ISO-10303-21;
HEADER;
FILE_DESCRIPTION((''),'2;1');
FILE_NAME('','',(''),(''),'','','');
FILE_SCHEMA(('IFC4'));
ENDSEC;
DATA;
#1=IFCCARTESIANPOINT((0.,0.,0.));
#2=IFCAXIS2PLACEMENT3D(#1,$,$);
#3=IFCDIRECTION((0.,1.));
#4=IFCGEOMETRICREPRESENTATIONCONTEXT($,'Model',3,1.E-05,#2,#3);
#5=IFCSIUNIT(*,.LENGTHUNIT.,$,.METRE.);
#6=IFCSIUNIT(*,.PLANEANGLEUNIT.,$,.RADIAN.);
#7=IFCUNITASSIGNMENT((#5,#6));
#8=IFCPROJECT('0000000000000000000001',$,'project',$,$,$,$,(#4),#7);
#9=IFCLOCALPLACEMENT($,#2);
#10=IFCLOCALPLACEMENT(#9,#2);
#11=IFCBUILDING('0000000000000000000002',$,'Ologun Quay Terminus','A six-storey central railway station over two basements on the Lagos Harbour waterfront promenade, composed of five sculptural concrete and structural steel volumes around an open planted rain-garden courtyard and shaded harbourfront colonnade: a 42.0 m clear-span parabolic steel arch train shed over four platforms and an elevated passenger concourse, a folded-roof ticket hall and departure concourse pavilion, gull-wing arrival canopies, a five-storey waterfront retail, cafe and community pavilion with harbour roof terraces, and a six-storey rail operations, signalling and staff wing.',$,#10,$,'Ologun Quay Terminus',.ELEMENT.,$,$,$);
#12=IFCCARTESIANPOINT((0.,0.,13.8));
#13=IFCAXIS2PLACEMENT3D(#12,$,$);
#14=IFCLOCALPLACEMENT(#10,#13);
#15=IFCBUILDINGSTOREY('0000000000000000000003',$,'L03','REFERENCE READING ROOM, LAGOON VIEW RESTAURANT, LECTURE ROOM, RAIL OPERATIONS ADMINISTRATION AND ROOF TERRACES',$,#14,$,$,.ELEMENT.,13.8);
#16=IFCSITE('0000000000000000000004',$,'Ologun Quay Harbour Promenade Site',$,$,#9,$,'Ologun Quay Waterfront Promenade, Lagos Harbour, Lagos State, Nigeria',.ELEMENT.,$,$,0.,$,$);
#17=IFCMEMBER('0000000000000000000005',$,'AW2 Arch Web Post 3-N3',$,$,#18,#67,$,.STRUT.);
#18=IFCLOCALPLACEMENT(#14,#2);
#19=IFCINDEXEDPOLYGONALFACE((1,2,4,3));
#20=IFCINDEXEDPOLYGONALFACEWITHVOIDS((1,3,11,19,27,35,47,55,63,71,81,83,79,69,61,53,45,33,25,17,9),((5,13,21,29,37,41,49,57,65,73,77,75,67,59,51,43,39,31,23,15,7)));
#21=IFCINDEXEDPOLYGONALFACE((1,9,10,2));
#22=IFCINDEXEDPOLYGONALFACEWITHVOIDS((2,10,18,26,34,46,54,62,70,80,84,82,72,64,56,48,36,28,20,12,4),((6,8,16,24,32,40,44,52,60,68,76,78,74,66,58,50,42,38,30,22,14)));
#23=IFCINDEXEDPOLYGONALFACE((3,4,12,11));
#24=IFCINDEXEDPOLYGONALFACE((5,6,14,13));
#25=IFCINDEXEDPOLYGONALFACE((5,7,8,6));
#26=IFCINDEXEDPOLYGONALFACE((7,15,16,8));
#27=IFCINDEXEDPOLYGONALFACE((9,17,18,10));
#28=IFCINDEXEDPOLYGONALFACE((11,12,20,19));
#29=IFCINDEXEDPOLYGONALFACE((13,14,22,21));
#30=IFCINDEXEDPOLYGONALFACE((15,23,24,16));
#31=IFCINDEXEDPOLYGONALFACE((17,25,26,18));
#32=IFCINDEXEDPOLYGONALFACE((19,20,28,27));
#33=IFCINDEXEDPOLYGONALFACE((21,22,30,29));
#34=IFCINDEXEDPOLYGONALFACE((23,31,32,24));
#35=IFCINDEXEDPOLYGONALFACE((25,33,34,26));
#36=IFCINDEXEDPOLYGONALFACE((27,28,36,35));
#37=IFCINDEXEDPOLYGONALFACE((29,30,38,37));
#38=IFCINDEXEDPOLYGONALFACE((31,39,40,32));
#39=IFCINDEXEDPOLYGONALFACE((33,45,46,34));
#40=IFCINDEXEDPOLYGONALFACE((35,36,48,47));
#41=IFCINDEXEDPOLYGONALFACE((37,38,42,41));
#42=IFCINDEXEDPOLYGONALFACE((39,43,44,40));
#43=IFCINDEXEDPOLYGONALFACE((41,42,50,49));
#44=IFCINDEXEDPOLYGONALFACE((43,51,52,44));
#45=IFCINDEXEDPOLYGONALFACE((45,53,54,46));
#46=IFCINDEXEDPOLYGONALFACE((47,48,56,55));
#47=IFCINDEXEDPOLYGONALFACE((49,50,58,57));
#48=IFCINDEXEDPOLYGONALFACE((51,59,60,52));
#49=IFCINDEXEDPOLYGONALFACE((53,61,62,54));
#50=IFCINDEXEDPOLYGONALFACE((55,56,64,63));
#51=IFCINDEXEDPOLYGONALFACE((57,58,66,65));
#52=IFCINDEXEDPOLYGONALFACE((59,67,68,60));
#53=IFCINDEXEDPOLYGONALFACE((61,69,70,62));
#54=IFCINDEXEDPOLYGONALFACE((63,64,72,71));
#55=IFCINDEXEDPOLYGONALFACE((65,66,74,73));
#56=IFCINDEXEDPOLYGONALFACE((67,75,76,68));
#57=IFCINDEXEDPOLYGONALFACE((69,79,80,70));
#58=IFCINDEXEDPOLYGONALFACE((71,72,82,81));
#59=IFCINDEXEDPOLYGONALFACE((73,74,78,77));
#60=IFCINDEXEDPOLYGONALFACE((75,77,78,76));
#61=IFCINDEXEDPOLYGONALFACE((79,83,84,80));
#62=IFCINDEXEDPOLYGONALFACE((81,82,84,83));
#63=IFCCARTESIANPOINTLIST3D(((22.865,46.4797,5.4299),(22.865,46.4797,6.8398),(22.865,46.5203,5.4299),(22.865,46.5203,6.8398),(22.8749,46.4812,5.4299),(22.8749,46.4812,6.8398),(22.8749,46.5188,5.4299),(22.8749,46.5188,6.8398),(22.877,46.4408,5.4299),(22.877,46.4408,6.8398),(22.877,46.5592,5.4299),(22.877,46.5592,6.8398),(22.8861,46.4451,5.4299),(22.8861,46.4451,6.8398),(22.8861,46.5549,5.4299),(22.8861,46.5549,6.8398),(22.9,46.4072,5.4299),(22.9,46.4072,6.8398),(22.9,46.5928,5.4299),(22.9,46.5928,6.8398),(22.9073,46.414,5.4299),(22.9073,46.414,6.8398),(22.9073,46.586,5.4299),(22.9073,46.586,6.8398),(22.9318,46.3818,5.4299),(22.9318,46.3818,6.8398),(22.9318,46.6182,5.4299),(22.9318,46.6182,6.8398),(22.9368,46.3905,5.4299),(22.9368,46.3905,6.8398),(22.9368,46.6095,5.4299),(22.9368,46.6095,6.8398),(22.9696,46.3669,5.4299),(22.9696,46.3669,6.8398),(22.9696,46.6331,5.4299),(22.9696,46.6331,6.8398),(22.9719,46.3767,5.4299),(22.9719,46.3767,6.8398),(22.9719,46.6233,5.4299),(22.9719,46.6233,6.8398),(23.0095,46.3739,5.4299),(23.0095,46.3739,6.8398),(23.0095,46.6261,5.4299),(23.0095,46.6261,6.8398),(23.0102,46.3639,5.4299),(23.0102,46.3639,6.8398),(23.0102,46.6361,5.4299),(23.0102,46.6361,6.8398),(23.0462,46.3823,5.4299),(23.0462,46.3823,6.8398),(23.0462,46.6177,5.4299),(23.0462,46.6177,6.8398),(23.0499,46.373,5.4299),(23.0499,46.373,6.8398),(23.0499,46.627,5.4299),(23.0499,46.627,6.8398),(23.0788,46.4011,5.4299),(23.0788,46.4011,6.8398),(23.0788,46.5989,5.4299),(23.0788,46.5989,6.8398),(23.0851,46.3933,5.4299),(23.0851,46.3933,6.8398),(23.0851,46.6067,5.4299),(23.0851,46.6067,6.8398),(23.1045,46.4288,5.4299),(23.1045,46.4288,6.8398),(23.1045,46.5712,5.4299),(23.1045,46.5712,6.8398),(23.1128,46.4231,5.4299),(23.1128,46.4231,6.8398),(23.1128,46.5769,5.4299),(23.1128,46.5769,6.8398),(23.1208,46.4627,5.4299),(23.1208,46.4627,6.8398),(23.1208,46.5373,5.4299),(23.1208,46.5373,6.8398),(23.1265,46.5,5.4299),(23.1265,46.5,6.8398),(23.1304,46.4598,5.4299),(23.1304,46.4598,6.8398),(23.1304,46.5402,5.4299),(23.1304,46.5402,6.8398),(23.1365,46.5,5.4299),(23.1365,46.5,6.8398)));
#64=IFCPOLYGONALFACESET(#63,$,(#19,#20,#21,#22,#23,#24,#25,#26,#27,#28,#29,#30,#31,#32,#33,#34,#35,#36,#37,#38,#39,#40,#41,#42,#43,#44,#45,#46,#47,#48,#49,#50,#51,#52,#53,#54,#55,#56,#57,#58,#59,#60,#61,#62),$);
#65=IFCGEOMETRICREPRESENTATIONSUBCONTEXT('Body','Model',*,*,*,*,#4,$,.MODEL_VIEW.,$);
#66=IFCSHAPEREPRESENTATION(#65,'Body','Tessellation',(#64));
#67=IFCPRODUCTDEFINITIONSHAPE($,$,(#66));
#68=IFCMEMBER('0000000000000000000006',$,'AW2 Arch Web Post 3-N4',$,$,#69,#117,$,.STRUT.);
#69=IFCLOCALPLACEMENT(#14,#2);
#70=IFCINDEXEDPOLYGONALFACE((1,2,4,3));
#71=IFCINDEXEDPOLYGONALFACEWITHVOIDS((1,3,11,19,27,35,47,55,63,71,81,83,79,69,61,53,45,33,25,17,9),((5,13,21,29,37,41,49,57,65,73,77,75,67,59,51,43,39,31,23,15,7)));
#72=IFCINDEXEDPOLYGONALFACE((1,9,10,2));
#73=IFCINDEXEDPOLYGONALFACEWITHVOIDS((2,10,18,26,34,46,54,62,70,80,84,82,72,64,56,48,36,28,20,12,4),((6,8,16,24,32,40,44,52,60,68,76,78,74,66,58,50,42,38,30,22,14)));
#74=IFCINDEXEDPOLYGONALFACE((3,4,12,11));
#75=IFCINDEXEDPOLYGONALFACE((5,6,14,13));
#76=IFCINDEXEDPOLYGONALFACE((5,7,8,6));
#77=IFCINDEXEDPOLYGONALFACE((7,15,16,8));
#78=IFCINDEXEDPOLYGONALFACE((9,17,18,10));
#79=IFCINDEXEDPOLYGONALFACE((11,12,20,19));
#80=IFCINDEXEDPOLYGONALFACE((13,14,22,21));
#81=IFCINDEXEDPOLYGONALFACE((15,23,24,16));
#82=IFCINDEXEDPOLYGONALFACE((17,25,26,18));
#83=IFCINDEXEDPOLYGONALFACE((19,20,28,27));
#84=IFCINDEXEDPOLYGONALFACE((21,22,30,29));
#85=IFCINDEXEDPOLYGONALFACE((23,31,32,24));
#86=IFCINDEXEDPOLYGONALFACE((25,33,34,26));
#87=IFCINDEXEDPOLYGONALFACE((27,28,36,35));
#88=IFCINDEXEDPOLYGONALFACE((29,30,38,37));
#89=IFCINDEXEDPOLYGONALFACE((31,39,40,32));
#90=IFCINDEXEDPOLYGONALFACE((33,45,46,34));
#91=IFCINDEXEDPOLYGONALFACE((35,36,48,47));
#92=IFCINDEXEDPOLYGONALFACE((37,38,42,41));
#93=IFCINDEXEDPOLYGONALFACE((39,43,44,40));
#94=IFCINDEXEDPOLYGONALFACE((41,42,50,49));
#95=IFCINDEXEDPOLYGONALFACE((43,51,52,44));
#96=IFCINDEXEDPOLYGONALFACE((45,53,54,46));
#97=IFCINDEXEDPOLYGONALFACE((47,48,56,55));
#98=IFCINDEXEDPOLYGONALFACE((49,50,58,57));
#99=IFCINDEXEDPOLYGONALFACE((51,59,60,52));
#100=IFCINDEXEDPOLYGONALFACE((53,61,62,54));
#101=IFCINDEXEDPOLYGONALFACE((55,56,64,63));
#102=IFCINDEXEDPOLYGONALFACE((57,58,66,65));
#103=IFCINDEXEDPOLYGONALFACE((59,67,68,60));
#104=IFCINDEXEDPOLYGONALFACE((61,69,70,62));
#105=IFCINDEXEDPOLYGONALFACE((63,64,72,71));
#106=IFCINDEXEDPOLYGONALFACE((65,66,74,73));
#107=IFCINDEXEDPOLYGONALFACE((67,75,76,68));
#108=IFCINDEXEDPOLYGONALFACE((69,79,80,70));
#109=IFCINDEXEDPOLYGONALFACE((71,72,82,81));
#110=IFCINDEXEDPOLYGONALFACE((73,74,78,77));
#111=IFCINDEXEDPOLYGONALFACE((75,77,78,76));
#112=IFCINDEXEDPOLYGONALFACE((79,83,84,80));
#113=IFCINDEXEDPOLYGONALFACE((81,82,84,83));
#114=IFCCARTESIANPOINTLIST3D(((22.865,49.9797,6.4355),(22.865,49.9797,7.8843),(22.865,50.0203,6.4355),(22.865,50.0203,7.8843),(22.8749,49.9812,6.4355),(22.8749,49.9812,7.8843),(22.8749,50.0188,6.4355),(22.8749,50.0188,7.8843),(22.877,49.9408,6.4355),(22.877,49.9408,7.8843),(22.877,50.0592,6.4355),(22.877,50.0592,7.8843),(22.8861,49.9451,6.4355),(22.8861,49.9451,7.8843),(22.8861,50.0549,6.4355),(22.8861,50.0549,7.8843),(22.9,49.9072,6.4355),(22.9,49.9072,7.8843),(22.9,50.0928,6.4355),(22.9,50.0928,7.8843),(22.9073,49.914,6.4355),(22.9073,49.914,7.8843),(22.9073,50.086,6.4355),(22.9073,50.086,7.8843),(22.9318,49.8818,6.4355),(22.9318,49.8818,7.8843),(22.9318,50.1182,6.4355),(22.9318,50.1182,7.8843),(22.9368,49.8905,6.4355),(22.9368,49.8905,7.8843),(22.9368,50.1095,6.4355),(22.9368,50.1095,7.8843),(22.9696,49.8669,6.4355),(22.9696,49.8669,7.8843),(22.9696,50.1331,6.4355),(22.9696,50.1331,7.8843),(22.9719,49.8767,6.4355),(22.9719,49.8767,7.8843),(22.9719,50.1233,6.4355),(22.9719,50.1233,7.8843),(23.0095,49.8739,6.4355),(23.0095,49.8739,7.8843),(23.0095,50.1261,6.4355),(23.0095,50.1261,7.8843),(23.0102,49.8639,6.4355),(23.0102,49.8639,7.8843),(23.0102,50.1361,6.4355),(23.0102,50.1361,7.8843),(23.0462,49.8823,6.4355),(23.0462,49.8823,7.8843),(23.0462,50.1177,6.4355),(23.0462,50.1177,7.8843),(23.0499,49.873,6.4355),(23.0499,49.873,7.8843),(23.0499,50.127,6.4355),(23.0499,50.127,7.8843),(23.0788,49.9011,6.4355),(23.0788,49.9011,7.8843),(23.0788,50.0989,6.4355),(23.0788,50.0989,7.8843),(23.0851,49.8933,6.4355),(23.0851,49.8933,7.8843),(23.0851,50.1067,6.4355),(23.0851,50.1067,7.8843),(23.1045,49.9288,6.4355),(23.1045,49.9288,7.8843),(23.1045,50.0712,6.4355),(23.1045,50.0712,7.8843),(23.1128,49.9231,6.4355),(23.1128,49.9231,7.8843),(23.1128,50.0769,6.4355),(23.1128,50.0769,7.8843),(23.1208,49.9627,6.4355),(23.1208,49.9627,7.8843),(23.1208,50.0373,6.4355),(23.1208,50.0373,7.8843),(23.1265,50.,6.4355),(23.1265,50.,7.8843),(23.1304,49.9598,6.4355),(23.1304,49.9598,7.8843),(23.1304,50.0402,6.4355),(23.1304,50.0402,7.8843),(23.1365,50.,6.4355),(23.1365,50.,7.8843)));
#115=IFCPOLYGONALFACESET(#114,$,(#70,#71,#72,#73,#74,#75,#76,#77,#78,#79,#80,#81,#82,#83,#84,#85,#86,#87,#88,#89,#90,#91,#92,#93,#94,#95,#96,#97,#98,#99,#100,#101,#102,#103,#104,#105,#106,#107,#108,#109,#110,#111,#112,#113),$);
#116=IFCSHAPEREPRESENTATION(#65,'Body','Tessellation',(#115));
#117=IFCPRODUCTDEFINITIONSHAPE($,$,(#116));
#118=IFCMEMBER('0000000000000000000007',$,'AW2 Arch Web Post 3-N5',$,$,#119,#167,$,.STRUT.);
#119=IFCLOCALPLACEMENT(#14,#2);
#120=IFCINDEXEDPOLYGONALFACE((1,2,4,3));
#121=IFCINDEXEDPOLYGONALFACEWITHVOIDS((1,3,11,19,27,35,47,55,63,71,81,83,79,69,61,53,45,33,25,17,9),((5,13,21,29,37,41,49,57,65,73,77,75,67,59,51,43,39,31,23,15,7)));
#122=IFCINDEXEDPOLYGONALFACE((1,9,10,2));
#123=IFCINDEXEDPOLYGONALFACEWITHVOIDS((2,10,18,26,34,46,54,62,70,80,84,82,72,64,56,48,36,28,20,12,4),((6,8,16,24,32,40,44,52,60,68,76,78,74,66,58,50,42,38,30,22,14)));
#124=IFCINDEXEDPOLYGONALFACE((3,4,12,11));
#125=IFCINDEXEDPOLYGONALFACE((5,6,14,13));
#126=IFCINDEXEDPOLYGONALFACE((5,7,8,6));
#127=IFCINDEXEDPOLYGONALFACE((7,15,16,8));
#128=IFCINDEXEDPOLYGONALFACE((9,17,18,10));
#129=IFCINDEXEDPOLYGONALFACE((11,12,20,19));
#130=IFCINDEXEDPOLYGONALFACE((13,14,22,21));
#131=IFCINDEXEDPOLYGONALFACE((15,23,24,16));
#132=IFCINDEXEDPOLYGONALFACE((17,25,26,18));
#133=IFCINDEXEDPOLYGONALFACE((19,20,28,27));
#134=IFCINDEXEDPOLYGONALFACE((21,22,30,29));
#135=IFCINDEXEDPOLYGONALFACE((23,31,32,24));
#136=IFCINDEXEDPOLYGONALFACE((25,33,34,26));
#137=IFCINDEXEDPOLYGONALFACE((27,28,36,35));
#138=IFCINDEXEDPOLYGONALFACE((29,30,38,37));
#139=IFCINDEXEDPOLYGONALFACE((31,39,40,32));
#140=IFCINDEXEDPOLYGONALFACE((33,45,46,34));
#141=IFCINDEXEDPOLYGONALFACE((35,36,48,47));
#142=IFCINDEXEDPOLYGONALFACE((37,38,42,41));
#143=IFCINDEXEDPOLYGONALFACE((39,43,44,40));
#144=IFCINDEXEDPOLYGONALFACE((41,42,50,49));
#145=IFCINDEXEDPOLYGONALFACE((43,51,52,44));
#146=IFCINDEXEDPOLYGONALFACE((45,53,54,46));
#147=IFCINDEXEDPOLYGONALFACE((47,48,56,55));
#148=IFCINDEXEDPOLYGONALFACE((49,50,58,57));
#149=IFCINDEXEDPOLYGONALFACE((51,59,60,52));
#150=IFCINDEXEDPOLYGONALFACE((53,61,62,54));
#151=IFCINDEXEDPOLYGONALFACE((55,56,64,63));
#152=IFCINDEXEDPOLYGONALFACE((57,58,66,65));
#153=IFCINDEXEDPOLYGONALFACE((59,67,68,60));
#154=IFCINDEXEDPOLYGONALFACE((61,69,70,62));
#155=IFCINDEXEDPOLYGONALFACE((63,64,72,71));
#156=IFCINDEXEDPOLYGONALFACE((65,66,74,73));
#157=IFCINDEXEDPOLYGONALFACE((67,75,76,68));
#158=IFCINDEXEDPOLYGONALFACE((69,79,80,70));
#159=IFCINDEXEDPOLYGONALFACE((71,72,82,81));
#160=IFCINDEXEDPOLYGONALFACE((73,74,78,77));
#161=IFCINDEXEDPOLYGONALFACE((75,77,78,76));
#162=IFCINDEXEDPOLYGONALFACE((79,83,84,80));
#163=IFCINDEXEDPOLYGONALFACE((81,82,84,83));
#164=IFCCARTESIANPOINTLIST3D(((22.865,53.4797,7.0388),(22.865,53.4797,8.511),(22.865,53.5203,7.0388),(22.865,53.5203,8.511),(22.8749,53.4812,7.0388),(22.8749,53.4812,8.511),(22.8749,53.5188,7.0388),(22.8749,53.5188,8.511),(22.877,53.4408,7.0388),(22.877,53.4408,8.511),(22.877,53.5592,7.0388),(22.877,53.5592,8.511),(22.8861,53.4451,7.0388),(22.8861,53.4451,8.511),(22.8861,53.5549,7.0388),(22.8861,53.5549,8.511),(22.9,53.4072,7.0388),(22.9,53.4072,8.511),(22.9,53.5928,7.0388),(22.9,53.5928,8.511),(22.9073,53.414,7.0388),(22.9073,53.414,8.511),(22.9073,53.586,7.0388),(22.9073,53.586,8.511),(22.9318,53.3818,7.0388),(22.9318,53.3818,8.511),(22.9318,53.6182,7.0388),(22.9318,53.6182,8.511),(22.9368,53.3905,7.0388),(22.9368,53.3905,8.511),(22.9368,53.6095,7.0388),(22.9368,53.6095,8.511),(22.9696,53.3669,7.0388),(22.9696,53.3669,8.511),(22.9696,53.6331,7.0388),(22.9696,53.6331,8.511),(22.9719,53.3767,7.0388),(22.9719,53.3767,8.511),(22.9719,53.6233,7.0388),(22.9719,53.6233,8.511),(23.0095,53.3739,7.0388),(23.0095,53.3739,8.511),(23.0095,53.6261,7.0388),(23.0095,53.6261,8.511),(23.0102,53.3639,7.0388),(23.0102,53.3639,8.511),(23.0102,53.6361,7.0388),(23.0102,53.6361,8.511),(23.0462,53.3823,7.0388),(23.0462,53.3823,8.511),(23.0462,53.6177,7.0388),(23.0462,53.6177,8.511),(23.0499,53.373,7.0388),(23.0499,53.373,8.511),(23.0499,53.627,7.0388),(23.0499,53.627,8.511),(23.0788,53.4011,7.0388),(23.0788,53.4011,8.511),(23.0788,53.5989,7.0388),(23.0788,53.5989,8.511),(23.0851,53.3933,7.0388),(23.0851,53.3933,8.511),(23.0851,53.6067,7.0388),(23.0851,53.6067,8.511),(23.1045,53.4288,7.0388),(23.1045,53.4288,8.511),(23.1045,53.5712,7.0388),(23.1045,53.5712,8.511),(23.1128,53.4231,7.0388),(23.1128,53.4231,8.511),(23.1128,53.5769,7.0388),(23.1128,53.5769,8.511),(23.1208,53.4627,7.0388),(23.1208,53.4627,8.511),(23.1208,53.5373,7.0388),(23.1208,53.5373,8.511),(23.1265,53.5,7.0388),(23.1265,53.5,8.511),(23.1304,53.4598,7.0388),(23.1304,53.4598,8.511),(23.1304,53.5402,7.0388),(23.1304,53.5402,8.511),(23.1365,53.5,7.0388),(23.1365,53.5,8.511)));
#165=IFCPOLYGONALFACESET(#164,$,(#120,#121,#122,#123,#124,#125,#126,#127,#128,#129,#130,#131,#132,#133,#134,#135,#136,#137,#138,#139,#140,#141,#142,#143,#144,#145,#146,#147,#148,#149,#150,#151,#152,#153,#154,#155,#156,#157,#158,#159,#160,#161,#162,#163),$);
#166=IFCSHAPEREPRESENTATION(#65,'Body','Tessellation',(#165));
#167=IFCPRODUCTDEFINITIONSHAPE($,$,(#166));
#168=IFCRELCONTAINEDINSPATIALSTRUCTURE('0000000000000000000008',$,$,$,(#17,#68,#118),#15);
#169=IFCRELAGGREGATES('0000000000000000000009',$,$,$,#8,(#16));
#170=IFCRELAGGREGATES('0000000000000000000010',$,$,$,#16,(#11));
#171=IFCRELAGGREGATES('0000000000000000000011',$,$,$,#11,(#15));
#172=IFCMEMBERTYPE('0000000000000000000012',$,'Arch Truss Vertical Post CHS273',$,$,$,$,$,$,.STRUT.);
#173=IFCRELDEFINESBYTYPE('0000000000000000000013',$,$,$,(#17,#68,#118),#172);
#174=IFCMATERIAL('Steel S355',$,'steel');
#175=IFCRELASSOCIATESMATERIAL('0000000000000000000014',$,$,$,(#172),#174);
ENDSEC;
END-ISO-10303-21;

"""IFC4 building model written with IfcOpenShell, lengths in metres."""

from ifc_helpers import new_model, si_unit, direction, frame, origin, origin_2d, place, context, subcontext, project, spatial, hollow_circle, extrude, material, material_profile, profile_set, type_object, element, save


model = new_model("IFC4")

# Units and contexts
model_context = context("Model", 3, precision=1e-05, world=origin(), true_north=direction((0.0, 1.0)))
body_context = subcontext(model_context, "Body", "Model", "MODEL_VIEW")
ifc_project = project(units=[si_unit("LENGTHUNIT", "METRE"), si_unit("PLANEANGLEUNIT", "RADIAN")], contexts=[model_context])

# Site, building, storey
site_placement = place(None, origin())
site = spatial("IfcSite", under=ifc_project, at=site_placement, Name="Ologun Quay Harbour Promenade Site", LongName="Ologun Quay Waterfront Promenade, Lagos Harbour, Lagos State, Nigeria", CompositionType="ELEMENT", RefElevation=0.0)
building_placement = place(site_placement, origin())
building = spatial("IfcBuilding", under=site, at=building_placement, Name="Ologun Quay Terminus", Description="A six-storey central railway station over two basements on the Lagos Harbour waterfront promenade, composed of five sculptural concrete and structural steel volumes around an open planted rain-garden courtyard and shaded harbourfront colonnade: a 42.0 m clear-span parabolic steel arch train shed over four platforms and an elevated passenger concourse, a folded-roof ticket hall and departure concourse pavilion, gull-wing arrival canopies, a five-storey waterfront retail, cafe and community pavilion with harbour roof terraces, and a six-storey rail operations, signalling and staff wing.", LongName="Ologun Quay Terminus", CompositionType="ELEMENT")
storey_placement = place(building_placement, frame((0.0, 0.0, 13.8)))
storey = spatial("IfcBuildingStorey", under=building, at=storey_placement, Name="L03", Description="REFERENCE READING ROOM, LAGOON VIEW RESTAURANT, LECTURE ROOM, RAIL OPERATIONS ADMINISTRATION AND ROOF TERRACES", CompositionType="ELEMENT", Elevation=13.8)

# Members
ifc_material_1 = material(Name="Steel S355", Category="steel")
ifc_material_profile_1 = material_profile(ifc_material_1, hollow_circle(Radius=0.1365, WallThickness=0.01, at=origin_2d()), Name="CHS 273x10")
ifc_profile_set_1 = profile_set([ifc_material_profile_1], Name="Steel S355")
member_type_1 = type_object("IfcMemberType", Name="Arch Truss Vertical Post CHS273", PredefinedType="STRUT", material=ifc_profile_set_1)
member_1_placement = place(storey_placement, frame((23.0, 46.5, 5.4299), z_axis=(0.0, 0.0, 1.0), x_axis=(1.0, 0.0, 0.0)))
element("IfcMember", 1, at=member_1_placement, inside=storey, type_object=member_type_1, Name="AW2 Arch Web Post 3-N3", PredefinedType="STRUT", context=body_context, shape_type="SweptSolid", body=[
    extrude(hollow_circle(Radius=0.1365, WallThickness=0.01, at=origin_2d()), origin(), (0.0, 0.0, 1.0), 1.4099),
])
member_2_placement = place(storey_placement, frame((23.0, 50.0, 6.4355), z_axis=(0.0, 0.0, 1.0), x_axis=(1.0, 0.0, 0.0)))
element("IfcMember", 2, at=member_2_placement, inside=storey, type_object=member_type_1, Name="AW2 Arch Web Post 3-N4", PredefinedType="STRUT", context=body_context, shape_type="SweptSolid", body=[
    extrude(hollow_circle(Radius=0.1365, WallThickness=0.01, at=origin_2d()), origin(), (0.0, 0.0, 1.0), 1.4487),
])
member_3_placement = place(storey_placement, frame((23.0, 53.5, 7.0388), z_axis=(0.0, 0.0, 1.0), x_axis=(1.0, 0.0, 0.0)))
element("IfcMember", 3, at=member_3_placement, inside=storey, type_object=member_type_1, Name="AW2 Arch Web Post 3-N5", PredefinedType="STRUT", context=body_context, shape_type="SweptSolid", body=[
    extrude(hollow_circle(Radius=0.1365, WallThickness=0.01, at=origin_2d()), origin(), (0.0, 0.0, 1.0), 1.4722),
])

save(model, "model.ifc")
